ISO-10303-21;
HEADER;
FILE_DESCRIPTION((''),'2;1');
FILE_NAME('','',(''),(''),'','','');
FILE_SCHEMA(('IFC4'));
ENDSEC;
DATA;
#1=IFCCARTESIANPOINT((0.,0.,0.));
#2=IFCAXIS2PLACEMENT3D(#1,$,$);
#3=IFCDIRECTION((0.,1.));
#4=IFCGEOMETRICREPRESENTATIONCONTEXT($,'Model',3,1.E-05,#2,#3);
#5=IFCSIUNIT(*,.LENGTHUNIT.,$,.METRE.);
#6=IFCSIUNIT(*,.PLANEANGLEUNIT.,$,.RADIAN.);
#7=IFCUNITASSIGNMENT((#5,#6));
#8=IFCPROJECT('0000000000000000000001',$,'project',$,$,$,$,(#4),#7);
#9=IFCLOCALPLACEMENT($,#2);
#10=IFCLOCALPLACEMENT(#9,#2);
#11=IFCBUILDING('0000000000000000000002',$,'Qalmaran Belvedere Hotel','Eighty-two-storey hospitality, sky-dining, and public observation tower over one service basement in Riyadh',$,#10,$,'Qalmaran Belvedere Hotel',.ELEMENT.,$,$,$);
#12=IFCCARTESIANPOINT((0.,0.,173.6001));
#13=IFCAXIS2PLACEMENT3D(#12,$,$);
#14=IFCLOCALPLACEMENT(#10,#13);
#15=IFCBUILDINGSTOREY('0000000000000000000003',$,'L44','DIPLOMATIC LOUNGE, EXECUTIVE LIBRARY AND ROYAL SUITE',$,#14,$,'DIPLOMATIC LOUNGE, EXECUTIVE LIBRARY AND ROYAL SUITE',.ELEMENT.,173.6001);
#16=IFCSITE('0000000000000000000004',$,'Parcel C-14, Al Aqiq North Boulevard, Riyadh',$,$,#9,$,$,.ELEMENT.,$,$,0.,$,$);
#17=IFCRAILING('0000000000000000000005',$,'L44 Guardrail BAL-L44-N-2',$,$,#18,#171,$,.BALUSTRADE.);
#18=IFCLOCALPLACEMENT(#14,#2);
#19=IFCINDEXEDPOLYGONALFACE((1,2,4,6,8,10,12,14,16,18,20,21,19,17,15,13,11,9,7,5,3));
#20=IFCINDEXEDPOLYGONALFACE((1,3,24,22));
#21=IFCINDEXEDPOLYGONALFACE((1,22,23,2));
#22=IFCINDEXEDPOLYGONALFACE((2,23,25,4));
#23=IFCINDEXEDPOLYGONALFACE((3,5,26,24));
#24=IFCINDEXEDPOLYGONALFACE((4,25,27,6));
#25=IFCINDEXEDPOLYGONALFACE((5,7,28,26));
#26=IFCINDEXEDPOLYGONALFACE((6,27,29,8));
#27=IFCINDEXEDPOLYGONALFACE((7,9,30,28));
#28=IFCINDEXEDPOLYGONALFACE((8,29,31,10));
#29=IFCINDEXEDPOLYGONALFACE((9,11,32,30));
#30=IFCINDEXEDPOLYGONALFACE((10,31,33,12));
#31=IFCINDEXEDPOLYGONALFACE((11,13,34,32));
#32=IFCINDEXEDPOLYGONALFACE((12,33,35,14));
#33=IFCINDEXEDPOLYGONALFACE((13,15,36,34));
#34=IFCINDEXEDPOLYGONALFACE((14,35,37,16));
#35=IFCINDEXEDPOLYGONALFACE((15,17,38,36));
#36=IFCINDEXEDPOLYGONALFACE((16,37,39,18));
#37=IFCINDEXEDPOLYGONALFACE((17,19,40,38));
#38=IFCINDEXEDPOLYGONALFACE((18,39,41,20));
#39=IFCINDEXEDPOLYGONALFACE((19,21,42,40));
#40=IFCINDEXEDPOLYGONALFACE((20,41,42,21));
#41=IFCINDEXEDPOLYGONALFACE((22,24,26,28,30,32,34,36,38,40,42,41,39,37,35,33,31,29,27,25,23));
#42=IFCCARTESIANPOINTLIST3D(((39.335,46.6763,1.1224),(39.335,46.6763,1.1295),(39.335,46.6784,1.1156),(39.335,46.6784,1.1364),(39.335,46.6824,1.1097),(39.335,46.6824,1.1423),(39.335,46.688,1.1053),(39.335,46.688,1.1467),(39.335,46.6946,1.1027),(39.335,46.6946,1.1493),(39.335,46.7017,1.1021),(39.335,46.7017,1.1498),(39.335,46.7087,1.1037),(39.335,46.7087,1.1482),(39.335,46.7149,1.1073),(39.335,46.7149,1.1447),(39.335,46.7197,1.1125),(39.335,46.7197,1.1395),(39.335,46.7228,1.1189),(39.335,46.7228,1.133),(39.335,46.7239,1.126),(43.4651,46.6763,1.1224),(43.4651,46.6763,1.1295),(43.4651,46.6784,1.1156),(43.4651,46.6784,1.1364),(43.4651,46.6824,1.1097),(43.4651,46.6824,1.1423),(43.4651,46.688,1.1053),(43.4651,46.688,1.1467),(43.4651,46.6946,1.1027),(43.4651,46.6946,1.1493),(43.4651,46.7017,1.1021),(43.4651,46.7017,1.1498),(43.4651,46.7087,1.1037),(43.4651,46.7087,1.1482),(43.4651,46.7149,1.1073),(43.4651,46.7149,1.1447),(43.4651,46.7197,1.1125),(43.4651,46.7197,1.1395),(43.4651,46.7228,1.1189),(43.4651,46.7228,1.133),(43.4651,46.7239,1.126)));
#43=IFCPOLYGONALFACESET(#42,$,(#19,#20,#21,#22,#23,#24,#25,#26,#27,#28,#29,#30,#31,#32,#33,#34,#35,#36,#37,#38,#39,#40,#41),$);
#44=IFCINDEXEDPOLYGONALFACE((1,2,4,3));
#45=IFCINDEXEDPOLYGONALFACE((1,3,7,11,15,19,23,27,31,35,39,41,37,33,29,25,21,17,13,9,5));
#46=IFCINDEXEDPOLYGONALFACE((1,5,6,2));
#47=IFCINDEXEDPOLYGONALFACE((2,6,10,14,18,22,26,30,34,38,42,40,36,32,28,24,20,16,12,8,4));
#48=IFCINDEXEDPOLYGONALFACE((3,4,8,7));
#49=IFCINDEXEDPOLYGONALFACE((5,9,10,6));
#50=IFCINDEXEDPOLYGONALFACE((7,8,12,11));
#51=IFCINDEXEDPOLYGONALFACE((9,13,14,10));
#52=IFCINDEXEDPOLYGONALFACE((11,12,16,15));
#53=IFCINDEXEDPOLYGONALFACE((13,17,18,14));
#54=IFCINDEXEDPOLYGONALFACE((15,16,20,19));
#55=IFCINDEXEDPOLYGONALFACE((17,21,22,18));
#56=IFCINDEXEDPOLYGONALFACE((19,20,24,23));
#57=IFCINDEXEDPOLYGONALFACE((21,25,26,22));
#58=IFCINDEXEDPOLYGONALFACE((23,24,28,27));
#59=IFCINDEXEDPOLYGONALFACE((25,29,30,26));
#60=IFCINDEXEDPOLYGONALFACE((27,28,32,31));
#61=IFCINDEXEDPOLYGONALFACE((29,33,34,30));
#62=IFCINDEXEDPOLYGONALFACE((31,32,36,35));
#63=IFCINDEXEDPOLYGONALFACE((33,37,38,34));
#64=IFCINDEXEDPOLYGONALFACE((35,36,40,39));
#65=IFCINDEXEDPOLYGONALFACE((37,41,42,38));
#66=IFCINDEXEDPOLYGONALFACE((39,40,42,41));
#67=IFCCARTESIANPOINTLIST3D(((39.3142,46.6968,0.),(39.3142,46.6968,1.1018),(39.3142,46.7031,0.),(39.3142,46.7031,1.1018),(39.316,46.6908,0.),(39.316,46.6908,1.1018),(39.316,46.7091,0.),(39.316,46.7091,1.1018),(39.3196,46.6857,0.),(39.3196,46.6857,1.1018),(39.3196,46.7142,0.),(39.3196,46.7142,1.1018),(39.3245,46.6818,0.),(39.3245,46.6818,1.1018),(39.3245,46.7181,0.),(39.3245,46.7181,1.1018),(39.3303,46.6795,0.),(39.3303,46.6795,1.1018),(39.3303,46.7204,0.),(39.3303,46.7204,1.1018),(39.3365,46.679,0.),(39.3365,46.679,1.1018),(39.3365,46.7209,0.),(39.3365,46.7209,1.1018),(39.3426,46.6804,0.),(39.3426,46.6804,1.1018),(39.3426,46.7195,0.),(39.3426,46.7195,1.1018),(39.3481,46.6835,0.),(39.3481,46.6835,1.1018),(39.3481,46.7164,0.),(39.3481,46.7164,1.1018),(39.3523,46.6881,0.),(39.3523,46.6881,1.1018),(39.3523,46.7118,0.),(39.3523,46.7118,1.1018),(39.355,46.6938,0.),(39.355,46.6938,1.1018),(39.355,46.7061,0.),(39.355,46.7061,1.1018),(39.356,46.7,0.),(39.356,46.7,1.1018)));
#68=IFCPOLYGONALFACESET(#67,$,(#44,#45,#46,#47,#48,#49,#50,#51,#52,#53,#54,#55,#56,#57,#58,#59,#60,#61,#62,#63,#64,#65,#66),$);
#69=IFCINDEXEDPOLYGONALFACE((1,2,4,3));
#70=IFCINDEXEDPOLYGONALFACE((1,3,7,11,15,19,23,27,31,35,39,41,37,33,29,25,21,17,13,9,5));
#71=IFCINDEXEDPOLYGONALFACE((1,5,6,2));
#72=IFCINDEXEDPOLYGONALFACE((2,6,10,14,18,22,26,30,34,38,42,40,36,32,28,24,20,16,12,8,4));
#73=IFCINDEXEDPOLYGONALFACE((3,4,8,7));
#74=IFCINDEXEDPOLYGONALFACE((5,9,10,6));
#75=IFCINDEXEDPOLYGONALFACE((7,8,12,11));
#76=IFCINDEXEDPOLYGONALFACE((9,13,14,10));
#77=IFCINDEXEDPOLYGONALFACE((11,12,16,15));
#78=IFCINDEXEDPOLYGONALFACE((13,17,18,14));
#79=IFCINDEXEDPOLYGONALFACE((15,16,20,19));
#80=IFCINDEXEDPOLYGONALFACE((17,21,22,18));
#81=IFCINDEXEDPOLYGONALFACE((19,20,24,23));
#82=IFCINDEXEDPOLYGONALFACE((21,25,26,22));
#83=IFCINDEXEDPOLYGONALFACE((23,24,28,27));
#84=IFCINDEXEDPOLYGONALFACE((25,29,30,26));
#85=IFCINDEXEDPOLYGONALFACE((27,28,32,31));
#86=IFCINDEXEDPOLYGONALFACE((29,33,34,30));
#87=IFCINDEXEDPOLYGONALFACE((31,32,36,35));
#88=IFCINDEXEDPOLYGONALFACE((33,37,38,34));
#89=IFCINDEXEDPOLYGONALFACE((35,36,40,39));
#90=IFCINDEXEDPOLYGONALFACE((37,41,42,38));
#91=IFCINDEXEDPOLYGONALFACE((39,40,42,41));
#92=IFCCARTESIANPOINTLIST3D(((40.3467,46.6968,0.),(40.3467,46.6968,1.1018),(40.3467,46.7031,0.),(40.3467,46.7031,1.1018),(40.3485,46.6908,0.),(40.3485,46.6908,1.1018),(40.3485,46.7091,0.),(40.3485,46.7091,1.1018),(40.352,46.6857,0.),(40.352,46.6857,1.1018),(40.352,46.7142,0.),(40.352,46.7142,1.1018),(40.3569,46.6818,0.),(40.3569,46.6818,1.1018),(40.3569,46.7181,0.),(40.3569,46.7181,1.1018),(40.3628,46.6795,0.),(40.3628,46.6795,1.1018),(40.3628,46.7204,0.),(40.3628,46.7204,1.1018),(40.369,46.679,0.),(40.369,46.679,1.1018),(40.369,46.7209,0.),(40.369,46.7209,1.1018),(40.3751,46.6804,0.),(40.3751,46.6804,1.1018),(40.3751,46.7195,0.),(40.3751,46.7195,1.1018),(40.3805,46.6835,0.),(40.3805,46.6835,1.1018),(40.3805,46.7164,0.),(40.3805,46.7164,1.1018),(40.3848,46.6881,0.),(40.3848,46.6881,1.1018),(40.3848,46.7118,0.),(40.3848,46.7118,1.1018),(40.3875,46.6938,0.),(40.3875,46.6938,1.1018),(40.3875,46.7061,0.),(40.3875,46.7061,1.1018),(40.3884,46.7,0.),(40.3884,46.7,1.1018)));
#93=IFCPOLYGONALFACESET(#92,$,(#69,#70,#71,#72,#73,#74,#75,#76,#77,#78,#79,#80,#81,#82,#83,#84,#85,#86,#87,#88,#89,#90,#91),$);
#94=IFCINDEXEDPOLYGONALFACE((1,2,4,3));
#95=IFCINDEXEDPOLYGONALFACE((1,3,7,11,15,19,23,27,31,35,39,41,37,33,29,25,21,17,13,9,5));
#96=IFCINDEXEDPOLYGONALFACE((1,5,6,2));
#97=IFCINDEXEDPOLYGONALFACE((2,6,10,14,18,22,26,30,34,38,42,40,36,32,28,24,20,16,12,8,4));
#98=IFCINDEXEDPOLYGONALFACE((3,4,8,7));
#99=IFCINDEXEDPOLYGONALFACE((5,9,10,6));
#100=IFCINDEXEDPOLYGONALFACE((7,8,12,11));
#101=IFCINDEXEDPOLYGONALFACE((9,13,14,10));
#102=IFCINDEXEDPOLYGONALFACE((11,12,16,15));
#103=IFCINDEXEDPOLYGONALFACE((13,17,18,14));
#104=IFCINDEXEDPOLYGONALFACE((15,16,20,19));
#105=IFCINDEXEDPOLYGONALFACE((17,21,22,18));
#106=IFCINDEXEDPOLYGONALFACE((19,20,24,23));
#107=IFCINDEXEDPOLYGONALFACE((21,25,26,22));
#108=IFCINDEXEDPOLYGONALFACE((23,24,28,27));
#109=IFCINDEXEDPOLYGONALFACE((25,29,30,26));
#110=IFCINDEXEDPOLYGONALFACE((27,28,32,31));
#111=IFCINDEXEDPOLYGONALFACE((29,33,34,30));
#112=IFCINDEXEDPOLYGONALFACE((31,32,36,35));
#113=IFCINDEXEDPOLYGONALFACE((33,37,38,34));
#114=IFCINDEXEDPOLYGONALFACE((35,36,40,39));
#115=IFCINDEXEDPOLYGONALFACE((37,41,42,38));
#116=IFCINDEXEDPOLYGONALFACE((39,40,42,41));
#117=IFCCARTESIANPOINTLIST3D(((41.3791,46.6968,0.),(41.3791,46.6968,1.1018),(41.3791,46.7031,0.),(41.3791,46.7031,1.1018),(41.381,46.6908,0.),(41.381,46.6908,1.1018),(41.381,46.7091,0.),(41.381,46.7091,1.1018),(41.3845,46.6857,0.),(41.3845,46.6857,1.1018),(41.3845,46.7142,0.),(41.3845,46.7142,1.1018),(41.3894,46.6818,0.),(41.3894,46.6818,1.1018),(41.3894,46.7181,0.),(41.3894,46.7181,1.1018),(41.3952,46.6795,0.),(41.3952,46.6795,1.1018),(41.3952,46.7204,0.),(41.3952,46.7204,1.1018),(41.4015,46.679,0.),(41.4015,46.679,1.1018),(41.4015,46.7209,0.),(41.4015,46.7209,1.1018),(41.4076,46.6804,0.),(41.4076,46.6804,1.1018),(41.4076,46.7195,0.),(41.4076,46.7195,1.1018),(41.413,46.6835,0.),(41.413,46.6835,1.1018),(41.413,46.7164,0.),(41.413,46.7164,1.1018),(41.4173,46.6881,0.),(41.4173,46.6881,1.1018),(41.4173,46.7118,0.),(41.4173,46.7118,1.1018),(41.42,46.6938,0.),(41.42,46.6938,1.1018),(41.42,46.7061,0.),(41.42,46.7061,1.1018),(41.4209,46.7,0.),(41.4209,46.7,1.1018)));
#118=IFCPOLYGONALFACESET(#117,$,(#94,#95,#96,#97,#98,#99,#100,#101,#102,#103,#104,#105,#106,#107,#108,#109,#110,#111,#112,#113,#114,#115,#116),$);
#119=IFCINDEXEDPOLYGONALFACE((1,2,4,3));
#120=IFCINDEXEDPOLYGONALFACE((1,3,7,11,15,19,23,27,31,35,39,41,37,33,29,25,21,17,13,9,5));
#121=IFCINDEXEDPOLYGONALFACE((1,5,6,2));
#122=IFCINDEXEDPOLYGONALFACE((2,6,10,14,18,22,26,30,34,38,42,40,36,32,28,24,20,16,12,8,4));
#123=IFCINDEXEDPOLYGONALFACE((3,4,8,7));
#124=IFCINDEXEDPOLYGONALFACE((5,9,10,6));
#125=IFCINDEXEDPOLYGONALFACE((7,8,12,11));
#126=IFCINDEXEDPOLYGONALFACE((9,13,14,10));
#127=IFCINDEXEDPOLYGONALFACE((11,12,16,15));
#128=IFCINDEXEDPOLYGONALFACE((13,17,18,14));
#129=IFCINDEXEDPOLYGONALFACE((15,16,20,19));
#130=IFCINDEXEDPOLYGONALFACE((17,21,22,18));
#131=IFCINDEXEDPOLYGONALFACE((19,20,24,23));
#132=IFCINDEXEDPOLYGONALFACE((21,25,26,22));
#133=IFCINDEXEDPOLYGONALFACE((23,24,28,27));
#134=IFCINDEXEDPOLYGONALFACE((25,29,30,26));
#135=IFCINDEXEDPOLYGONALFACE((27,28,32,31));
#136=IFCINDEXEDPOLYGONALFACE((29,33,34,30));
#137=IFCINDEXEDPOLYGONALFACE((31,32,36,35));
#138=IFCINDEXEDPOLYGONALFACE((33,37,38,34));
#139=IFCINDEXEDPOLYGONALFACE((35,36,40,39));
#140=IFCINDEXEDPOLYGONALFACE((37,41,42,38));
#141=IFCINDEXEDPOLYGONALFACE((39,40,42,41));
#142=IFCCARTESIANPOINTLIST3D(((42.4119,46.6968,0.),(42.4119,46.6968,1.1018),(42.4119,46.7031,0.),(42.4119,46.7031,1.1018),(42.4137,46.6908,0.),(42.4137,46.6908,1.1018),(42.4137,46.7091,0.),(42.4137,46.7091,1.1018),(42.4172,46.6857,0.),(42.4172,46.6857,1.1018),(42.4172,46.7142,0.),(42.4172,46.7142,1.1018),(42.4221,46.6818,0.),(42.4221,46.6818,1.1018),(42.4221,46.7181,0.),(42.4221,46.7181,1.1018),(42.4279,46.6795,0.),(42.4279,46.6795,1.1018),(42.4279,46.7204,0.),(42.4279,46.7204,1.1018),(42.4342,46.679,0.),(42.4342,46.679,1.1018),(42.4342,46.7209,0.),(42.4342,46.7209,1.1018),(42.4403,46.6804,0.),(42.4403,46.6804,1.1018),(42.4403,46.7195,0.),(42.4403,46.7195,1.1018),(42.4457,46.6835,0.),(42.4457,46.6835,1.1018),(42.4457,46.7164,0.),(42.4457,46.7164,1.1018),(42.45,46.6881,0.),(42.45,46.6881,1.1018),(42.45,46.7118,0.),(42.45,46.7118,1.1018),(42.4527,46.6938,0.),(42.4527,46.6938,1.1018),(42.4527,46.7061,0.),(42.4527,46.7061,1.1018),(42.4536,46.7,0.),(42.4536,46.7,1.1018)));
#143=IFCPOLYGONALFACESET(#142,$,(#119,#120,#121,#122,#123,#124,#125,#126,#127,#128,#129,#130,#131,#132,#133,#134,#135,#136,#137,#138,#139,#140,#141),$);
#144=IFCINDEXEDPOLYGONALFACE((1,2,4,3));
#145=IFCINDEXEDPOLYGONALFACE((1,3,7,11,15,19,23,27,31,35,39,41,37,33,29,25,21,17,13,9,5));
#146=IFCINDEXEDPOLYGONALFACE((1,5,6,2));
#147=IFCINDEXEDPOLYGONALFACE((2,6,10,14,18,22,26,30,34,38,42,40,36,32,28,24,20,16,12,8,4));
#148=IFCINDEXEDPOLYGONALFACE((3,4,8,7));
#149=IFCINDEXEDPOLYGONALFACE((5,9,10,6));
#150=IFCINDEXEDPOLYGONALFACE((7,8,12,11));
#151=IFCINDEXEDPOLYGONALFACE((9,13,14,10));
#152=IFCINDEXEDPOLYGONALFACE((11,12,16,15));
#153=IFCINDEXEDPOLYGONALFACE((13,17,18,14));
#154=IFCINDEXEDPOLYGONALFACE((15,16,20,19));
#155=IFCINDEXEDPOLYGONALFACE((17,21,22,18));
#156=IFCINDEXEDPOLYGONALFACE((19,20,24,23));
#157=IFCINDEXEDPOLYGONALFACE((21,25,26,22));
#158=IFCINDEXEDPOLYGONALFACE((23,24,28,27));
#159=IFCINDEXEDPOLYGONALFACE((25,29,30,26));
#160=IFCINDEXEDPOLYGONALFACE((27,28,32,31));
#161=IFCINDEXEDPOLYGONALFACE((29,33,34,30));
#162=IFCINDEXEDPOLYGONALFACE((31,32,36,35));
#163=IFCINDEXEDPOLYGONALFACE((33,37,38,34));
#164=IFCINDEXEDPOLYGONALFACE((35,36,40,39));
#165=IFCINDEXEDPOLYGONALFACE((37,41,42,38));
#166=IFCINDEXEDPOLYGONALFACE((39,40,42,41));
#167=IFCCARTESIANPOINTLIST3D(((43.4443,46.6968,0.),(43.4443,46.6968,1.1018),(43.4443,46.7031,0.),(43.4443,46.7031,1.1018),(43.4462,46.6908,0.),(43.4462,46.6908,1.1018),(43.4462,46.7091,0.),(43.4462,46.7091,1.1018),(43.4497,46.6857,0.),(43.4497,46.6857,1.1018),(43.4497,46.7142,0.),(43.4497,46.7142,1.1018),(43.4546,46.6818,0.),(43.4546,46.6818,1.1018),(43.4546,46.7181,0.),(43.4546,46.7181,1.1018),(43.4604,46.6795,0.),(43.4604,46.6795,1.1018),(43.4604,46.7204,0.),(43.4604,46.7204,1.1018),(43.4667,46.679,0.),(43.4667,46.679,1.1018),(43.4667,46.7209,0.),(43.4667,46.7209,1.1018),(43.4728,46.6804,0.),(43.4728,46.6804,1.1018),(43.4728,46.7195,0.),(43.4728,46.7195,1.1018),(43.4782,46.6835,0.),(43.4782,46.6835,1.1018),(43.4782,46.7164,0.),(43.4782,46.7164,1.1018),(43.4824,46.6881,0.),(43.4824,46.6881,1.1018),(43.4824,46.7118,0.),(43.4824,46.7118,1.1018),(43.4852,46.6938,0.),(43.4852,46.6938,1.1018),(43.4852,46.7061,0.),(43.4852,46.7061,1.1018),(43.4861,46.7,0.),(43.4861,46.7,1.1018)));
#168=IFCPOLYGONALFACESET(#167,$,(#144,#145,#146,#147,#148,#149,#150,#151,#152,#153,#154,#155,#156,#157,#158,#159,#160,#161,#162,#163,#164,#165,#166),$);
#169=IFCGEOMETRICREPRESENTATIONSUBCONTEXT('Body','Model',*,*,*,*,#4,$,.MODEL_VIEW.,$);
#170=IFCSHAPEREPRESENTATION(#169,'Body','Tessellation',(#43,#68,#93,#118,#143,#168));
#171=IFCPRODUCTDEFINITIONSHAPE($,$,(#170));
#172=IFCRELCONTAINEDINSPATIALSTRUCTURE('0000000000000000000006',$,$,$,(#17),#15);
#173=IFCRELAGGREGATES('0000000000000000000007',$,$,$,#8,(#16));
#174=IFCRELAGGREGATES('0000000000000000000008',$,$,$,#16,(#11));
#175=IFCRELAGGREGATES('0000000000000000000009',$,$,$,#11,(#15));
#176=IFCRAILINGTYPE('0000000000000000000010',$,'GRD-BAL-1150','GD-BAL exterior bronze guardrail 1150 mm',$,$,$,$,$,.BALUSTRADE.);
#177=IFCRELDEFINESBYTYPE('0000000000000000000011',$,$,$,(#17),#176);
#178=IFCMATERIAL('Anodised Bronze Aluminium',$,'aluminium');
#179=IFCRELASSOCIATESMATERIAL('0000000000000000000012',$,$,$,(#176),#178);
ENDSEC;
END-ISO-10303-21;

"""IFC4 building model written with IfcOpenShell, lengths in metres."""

from ifc_helpers import new_model, si_unit, direction, frame, origin, origin_2d, place, context, subcontext, project, spatial, circle, extrude, material, type_object, element, save


model = new_model("IFC4")

# Units and contexts
model_context = context("Model", 3, precision=1e-05, world=origin(), true_north=direction((0.0, 1.0)))
body_context = subcontext(model_context, "Body", "Model", "MODEL_VIEW")
ifc_project = project(units=[si_unit("LENGTHUNIT", "METRE"), si_unit("PLANEANGLEUNIT", "RADIAN")], contexts=[model_context])

# Site, building, storey
site_placement = place(None, origin())
site = spatial("IfcSite", under=ifc_project, at=site_placement, Name="Parcel C-14, Al Aqiq North Boulevard, Riyadh", CompositionType="ELEMENT", RefElevation=0.0)
building_placement = place(site_placement, origin())
building = spatial("IfcBuilding", under=site, at=building_placement, Name="Qalmaran Belvedere Hotel", Description="Eighty-two-storey hospitality, sky-dining, and public observation tower over one service basement in Riyadh", LongName="Qalmaran Belvedere Hotel", CompositionType="ELEMENT")
storey_placement = place(building_placement, frame((0.0, 0.0, 173.6001)))
storey = spatial("IfcBuildingStorey", under=building, at=storey_placement, Name="L44", Description="DIPLOMATIC LOUNGE, EXECUTIVE LIBRARY AND ROYAL SUITE", LongName="DIPLOMATIC LOUNGE, EXECUTIVE LIBRARY AND ROYAL SUITE", CompositionType="ELEMENT", Elevation=173.6001)

# Shared definitions
ifc_material_1 = material(Name="Anodised Bronze Aluminium", Category="aluminium")

# Railing
railing_type = type_object("IfcRailingType", Name="GRD-BAL-1150", Description="GD-BAL exterior bronze guardrail 1150 mm", PredefinedType="BALUSTRADE", material=ifc_material_1)
railing_1_placement = place(storey_placement, frame((39.335, 46.7, 0.0)))
element("IfcRailing", 1, at=railing_1_placement, inside=storey, type_object=railing_type, Name="L44 Guardrail BAL-L44-N-2", PredefinedType="BALUSTRADE", context=body_context, shape_type="SweptSolid", body=[
    extrude(circle(Radius=0.0239, at=origin_2d()), frame((0.0, 0.0, 1.126), z_axis=(1.0, 0.0, 0.0), x_axis=(0.0, 1.0, 0.0)), (0.0, 0.0, 1.0), 4.1301),
    extrude(circle(Radius=0.021, at=origin_2d()), origin(), (0.0, 0.0, 1.0), 1.1018),
    extrude(circle(Radius=0.021, at=origin_2d()), frame((1.0325, 0.0, 0.0)), (0.0, 0.0, 1.0), 1.1018),
    extrude(circle(Radius=0.021, at=origin_2d()), frame((2.0649, 0.0, 0.0)), (0.0, 0.0, 1.0), 1.1018),
    extrude(circle(Radius=0.021, at=origin_2d()), frame((3.0977, 0.0, 0.0)), (0.0, 0.0, 1.0), 1.1018),
    extrude(circle(Radius=0.021, at=origin_2d()), frame((4.1301, 0.0, 0.0)), (0.0, 0.0, 1.0), 1.1018),
])

save(model, "model.ifc")
